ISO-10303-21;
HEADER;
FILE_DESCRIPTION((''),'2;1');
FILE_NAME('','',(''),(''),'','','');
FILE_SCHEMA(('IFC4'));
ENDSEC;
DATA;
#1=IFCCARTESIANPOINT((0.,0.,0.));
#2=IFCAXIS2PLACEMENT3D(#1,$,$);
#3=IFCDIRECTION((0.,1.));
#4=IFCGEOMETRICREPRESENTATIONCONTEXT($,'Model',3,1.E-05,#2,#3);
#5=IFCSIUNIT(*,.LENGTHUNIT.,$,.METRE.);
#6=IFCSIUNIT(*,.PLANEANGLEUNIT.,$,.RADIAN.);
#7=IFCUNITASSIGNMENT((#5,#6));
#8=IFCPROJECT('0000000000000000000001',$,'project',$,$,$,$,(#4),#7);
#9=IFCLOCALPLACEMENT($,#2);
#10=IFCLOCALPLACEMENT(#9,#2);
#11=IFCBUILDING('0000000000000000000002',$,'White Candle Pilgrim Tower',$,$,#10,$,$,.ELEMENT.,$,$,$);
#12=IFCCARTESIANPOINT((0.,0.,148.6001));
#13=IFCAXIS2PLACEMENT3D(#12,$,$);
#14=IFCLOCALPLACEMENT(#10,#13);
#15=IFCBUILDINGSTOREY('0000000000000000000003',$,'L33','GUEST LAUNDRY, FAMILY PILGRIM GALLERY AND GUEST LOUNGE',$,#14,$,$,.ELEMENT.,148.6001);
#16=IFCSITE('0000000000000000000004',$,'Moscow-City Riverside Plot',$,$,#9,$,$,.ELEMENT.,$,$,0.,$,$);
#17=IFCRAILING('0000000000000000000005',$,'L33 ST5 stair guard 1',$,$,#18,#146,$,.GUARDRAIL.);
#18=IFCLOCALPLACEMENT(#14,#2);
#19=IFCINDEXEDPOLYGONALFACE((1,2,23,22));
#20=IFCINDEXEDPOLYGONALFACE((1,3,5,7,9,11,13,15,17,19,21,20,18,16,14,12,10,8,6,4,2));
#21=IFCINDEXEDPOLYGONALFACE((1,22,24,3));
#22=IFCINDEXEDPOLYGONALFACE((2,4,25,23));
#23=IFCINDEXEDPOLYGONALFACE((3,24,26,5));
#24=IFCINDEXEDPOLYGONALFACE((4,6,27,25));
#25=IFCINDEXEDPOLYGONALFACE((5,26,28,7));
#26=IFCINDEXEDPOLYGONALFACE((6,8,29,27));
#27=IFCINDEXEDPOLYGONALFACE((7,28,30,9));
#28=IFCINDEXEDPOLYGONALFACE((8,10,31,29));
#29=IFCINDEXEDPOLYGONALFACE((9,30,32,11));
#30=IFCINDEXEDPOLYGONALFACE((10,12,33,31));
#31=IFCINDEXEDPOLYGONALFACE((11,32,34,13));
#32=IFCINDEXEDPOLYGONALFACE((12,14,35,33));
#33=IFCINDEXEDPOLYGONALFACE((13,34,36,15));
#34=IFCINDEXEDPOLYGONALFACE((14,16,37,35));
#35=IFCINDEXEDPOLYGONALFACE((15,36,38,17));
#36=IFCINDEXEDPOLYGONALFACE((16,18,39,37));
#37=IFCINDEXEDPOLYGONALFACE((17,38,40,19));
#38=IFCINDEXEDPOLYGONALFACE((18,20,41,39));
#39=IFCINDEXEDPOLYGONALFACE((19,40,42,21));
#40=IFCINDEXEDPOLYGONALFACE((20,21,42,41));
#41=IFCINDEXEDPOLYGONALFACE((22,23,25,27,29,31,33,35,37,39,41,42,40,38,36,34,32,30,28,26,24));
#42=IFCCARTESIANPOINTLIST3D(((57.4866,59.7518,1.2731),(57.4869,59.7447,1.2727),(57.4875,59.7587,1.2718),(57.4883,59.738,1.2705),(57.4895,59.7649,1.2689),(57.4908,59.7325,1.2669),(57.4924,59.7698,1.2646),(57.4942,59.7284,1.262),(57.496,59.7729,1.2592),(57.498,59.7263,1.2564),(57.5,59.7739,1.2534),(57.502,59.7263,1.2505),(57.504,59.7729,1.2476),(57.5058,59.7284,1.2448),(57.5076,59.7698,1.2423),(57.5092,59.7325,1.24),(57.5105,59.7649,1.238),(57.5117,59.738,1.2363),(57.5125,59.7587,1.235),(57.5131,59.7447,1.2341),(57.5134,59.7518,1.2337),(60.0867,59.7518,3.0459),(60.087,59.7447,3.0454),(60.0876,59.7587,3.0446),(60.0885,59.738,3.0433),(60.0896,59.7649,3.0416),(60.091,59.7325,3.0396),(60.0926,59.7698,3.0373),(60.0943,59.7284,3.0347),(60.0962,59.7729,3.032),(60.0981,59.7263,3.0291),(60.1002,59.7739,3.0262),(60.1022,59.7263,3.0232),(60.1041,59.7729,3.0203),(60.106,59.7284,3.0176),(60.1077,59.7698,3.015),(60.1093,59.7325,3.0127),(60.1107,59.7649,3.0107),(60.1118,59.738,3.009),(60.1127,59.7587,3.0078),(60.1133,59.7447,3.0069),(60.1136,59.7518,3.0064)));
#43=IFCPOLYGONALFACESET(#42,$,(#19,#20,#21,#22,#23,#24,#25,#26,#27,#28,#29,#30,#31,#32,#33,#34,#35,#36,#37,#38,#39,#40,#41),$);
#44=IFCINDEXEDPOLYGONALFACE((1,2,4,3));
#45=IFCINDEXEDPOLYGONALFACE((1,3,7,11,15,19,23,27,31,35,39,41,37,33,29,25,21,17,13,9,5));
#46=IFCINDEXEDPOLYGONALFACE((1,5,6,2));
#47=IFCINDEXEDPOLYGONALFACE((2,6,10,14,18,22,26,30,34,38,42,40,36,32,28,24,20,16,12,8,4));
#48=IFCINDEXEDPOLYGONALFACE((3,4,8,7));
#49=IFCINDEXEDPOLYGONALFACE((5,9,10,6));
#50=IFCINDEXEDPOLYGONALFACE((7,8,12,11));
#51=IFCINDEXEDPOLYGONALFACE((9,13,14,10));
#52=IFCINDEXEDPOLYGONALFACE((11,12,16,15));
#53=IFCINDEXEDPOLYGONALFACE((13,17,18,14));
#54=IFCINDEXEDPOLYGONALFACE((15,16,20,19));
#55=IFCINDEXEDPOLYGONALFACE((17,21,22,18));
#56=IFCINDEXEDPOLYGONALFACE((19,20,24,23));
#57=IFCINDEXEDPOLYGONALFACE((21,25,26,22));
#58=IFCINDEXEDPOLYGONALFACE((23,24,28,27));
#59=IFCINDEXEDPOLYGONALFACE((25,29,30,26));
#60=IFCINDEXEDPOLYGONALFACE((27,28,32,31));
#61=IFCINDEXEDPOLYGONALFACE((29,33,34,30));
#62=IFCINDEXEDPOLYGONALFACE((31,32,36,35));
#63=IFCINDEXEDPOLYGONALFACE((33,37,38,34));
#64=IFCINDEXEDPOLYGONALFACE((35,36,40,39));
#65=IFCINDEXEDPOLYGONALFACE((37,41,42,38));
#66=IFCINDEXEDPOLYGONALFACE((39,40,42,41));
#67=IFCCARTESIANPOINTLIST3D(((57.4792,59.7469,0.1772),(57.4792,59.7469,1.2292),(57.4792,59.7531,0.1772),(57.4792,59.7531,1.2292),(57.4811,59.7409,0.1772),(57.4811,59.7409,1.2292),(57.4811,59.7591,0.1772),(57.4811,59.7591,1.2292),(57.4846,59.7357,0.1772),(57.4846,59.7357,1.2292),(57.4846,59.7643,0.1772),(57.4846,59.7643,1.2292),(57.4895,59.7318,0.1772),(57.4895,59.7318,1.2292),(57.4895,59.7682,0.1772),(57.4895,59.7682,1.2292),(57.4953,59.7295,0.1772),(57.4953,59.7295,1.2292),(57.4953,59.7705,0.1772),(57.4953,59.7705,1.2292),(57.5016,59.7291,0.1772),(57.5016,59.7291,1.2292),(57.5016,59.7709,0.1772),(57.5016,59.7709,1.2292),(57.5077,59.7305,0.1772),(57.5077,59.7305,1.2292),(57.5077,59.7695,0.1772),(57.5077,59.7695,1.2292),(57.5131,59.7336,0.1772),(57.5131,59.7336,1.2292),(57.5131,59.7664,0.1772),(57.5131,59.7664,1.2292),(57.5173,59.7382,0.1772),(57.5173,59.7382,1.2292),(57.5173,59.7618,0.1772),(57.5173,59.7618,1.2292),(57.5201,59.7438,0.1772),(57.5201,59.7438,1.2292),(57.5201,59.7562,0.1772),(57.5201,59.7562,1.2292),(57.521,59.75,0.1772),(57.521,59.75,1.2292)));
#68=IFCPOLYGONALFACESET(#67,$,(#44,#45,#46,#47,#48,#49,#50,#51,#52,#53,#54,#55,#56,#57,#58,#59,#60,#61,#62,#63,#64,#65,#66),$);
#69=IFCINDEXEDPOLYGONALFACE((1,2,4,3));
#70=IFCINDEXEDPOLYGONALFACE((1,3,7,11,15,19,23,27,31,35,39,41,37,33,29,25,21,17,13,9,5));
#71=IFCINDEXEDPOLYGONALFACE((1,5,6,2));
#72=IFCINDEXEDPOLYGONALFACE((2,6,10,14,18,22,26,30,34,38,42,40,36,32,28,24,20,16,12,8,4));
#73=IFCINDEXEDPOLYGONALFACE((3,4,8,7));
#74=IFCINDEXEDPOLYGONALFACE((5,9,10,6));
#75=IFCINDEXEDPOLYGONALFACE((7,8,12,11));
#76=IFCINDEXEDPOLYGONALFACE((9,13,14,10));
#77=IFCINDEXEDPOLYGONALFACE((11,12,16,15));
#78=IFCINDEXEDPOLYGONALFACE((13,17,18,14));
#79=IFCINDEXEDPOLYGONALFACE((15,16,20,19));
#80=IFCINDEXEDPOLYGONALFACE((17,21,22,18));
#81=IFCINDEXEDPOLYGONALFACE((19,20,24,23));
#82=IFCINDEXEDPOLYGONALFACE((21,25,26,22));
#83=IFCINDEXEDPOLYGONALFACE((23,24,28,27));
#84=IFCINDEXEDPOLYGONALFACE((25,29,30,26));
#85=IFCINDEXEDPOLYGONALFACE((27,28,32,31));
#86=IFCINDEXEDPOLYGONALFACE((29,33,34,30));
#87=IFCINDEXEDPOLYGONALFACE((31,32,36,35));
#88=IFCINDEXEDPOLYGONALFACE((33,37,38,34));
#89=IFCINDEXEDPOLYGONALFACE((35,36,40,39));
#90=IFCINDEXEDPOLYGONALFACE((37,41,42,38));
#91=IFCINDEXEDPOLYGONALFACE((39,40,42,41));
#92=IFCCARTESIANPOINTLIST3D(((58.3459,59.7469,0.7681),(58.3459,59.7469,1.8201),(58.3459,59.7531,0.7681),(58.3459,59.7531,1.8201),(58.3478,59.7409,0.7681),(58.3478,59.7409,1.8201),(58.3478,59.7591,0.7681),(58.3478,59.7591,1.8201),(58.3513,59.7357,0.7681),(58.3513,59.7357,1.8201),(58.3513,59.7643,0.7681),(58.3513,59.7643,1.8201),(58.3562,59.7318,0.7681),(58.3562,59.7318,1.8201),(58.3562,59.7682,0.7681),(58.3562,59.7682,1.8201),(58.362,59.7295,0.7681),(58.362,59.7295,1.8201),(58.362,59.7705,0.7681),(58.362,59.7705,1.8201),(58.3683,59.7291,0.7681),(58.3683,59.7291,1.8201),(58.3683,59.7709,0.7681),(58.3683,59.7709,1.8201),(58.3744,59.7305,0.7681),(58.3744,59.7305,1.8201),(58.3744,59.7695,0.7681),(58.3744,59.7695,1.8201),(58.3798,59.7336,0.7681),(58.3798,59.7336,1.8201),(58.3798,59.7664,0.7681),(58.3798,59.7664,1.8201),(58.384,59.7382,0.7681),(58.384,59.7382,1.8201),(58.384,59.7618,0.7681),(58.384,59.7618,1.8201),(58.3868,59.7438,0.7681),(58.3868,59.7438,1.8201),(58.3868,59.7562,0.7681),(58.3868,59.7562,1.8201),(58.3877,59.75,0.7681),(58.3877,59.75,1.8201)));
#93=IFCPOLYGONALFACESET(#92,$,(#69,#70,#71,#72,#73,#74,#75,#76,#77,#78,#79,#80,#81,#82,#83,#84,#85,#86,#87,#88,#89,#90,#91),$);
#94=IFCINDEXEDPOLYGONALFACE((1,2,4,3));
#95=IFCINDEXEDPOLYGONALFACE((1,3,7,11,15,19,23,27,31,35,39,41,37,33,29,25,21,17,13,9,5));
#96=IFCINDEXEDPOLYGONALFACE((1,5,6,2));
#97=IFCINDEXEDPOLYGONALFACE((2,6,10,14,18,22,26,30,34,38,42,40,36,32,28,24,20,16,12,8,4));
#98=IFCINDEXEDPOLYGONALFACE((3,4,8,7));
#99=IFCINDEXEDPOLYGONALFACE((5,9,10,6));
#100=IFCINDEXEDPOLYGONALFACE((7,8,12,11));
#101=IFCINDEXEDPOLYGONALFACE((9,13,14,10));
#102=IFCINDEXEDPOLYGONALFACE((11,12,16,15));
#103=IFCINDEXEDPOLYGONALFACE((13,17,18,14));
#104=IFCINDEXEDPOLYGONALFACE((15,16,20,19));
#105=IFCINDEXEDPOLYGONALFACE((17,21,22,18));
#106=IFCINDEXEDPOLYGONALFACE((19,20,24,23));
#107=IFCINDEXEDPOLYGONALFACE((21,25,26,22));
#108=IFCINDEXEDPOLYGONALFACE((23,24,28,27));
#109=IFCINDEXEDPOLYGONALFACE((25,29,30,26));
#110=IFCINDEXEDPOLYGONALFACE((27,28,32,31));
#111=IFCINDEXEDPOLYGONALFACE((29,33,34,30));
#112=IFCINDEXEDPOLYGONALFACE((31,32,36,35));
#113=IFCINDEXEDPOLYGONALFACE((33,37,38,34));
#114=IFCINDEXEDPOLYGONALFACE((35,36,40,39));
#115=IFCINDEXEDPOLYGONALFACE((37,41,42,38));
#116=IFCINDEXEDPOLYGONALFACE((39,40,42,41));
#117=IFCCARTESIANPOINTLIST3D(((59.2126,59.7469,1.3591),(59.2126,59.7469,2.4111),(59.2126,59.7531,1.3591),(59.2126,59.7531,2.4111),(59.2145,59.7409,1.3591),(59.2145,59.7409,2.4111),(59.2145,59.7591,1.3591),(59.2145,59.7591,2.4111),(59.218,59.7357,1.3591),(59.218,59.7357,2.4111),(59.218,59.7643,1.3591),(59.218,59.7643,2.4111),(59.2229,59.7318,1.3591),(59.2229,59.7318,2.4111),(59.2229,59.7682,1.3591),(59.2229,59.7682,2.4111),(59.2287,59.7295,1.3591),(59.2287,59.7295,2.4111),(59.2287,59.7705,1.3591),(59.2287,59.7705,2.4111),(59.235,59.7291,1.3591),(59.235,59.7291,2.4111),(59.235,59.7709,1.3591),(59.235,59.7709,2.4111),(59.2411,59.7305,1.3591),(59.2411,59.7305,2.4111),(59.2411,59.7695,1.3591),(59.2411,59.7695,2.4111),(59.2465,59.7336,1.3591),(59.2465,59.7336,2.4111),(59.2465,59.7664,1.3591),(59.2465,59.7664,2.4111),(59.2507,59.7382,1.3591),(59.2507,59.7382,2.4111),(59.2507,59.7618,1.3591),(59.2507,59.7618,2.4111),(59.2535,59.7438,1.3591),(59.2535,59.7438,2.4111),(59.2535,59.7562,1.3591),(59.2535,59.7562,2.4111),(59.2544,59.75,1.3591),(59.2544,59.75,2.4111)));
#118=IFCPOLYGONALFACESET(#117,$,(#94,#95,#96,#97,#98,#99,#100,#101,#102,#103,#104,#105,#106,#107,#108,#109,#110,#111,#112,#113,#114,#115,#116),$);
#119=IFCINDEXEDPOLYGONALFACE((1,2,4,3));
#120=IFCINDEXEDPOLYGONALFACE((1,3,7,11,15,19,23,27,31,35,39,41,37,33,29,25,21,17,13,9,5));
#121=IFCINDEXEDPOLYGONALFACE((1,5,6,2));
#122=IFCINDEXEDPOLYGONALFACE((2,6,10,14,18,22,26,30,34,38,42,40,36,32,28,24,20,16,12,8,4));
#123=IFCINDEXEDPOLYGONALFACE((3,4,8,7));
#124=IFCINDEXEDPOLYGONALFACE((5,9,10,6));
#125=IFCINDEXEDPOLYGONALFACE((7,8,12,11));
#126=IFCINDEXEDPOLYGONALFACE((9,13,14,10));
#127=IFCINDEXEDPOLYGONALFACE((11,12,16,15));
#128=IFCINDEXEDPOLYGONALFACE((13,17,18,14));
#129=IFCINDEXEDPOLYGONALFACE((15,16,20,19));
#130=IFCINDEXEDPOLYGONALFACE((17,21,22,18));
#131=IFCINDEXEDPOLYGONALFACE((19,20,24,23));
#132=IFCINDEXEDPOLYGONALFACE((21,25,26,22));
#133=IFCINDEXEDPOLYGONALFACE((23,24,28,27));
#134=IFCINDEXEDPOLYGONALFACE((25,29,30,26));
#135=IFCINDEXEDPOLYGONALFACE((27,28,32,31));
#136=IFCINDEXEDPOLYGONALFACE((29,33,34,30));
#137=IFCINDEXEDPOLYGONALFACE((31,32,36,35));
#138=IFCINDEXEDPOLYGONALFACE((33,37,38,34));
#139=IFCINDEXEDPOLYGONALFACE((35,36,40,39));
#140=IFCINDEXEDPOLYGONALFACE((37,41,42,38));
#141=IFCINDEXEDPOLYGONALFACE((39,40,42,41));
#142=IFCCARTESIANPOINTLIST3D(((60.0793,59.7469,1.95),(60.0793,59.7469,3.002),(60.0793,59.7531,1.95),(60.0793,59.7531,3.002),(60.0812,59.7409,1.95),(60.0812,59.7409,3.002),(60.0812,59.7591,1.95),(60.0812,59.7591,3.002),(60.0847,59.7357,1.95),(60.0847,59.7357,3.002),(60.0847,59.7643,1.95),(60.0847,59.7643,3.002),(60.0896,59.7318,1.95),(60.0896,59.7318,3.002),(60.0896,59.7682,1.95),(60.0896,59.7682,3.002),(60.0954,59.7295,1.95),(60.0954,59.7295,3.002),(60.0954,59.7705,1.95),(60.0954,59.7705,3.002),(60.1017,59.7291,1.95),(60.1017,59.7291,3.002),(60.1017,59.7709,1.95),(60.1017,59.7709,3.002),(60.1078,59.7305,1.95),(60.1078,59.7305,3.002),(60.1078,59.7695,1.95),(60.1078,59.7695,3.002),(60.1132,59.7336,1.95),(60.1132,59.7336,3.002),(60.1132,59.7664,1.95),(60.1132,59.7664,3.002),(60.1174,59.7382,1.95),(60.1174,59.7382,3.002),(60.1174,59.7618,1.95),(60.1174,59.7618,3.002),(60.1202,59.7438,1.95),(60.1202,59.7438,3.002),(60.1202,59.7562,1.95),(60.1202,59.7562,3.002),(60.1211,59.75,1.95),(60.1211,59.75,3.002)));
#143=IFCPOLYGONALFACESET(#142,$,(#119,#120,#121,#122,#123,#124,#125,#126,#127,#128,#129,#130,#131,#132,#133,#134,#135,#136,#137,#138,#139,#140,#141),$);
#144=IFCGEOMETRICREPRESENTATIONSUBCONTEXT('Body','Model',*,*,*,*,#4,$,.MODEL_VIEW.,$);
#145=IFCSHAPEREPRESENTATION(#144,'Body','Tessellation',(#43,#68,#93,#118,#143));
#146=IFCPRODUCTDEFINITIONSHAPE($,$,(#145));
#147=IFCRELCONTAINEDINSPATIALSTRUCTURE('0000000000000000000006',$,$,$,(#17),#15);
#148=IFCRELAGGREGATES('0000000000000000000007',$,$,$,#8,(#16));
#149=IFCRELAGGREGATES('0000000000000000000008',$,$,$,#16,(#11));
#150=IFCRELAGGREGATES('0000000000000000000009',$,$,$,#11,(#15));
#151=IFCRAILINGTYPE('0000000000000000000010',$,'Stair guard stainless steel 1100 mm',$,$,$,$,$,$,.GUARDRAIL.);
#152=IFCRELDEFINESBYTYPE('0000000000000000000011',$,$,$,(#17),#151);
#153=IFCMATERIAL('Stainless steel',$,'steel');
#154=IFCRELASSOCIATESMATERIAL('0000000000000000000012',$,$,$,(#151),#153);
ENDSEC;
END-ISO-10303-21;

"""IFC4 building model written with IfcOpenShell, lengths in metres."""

from ifc_helpers import new_model, si_unit, direction, frame, origin, origin_2d, place, context, subcontext, project, spatial, circle, extrude, material, type_object, element, save


model = new_model("IFC4")

# Units and contexts
model_context = context("Model", 3, precision=1e-05, world=origin(), true_north=direction((0.0, 1.0)))
body_context = subcontext(model_context, "Body", "Model", "MODEL_VIEW")
ifc_project = project(units=[si_unit("LENGTHUNIT", "METRE"), si_unit("PLANEANGLEUNIT", "RADIAN")], contexts=[model_context])

# Site, building, storey
site_placement = place(None, origin())
site = spatial("IfcSite", under=ifc_project, at=site_placement, Name="Moscow-City Riverside Plot", CompositionType="ELEMENT", RefElevation=0.0)
building_placement = place(site_placement, origin())
building = spatial("IfcBuilding", under=site, at=building_placement, Name="White Candle Pilgrim Tower", CompositionType="ELEMENT")
storey_placement = place(building_placement, frame((0.0, 0.0, 148.6001)))
storey = spatial("IfcBuildingStorey", under=building, at=storey_placement, Name="L33", Description="GUEST LAUNDRY, FAMILY PILGRIM GALLERY AND GUEST LOUNGE", CompositionType="ELEMENT", Elevation=148.6001)

# Railing
ifc_material_1 = material(Name="Stainless steel", Category="steel")
railing_type_1 = type_object("IfcRailingType", Name="Stair guard stainless steel 1100 mm", PredefinedType="GUARDRAIL", material=ifc_material_1)
railing_1_placement = place(storey_placement, frame((57.5, 59.75, 0.1772)))
element("IfcRailing", 1, at=railing_1_placement, inside=storey, type_object=railing_type_1, Name="L33 ST5 stair guard 1", PredefinedType="GUARDRAIL", context=body_context, shape_type="SweptSolid", body=[
    extrude(circle(Radius=0.0239, at=origin_2d()), frame((0.0, 0.0, 1.0762), z_axis=(0.82624, 0.0, 0.563318), x_axis=(0.0, 1.0, 0.0)), (0.0, 0.0, 1.0), 3.147),
    extrude(circle(Radius=0.021, at=origin_2d()), origin(), (0.0, 0.0, 1.0), 1.052),
    extrude(circle(Radius=0.021, at=origin_2d()), frame((0.8667, 0.0, 0.5908)), (0.0, 0.0, 1.0), 1.052),
    extrude(circle(Radius=0.021, at=origin_2d()), frame((1.7334, 0.0, 1.1819)), (0.0, 0.0, 1.0), 1.052),
    extrude(circle(Radius=0.021, at=origin_2d()), frame((2.6001, 0.0, 1.7727)), (0.0, 0.0, 1.0), 1.052),
])

save(model, "model.ifc")
